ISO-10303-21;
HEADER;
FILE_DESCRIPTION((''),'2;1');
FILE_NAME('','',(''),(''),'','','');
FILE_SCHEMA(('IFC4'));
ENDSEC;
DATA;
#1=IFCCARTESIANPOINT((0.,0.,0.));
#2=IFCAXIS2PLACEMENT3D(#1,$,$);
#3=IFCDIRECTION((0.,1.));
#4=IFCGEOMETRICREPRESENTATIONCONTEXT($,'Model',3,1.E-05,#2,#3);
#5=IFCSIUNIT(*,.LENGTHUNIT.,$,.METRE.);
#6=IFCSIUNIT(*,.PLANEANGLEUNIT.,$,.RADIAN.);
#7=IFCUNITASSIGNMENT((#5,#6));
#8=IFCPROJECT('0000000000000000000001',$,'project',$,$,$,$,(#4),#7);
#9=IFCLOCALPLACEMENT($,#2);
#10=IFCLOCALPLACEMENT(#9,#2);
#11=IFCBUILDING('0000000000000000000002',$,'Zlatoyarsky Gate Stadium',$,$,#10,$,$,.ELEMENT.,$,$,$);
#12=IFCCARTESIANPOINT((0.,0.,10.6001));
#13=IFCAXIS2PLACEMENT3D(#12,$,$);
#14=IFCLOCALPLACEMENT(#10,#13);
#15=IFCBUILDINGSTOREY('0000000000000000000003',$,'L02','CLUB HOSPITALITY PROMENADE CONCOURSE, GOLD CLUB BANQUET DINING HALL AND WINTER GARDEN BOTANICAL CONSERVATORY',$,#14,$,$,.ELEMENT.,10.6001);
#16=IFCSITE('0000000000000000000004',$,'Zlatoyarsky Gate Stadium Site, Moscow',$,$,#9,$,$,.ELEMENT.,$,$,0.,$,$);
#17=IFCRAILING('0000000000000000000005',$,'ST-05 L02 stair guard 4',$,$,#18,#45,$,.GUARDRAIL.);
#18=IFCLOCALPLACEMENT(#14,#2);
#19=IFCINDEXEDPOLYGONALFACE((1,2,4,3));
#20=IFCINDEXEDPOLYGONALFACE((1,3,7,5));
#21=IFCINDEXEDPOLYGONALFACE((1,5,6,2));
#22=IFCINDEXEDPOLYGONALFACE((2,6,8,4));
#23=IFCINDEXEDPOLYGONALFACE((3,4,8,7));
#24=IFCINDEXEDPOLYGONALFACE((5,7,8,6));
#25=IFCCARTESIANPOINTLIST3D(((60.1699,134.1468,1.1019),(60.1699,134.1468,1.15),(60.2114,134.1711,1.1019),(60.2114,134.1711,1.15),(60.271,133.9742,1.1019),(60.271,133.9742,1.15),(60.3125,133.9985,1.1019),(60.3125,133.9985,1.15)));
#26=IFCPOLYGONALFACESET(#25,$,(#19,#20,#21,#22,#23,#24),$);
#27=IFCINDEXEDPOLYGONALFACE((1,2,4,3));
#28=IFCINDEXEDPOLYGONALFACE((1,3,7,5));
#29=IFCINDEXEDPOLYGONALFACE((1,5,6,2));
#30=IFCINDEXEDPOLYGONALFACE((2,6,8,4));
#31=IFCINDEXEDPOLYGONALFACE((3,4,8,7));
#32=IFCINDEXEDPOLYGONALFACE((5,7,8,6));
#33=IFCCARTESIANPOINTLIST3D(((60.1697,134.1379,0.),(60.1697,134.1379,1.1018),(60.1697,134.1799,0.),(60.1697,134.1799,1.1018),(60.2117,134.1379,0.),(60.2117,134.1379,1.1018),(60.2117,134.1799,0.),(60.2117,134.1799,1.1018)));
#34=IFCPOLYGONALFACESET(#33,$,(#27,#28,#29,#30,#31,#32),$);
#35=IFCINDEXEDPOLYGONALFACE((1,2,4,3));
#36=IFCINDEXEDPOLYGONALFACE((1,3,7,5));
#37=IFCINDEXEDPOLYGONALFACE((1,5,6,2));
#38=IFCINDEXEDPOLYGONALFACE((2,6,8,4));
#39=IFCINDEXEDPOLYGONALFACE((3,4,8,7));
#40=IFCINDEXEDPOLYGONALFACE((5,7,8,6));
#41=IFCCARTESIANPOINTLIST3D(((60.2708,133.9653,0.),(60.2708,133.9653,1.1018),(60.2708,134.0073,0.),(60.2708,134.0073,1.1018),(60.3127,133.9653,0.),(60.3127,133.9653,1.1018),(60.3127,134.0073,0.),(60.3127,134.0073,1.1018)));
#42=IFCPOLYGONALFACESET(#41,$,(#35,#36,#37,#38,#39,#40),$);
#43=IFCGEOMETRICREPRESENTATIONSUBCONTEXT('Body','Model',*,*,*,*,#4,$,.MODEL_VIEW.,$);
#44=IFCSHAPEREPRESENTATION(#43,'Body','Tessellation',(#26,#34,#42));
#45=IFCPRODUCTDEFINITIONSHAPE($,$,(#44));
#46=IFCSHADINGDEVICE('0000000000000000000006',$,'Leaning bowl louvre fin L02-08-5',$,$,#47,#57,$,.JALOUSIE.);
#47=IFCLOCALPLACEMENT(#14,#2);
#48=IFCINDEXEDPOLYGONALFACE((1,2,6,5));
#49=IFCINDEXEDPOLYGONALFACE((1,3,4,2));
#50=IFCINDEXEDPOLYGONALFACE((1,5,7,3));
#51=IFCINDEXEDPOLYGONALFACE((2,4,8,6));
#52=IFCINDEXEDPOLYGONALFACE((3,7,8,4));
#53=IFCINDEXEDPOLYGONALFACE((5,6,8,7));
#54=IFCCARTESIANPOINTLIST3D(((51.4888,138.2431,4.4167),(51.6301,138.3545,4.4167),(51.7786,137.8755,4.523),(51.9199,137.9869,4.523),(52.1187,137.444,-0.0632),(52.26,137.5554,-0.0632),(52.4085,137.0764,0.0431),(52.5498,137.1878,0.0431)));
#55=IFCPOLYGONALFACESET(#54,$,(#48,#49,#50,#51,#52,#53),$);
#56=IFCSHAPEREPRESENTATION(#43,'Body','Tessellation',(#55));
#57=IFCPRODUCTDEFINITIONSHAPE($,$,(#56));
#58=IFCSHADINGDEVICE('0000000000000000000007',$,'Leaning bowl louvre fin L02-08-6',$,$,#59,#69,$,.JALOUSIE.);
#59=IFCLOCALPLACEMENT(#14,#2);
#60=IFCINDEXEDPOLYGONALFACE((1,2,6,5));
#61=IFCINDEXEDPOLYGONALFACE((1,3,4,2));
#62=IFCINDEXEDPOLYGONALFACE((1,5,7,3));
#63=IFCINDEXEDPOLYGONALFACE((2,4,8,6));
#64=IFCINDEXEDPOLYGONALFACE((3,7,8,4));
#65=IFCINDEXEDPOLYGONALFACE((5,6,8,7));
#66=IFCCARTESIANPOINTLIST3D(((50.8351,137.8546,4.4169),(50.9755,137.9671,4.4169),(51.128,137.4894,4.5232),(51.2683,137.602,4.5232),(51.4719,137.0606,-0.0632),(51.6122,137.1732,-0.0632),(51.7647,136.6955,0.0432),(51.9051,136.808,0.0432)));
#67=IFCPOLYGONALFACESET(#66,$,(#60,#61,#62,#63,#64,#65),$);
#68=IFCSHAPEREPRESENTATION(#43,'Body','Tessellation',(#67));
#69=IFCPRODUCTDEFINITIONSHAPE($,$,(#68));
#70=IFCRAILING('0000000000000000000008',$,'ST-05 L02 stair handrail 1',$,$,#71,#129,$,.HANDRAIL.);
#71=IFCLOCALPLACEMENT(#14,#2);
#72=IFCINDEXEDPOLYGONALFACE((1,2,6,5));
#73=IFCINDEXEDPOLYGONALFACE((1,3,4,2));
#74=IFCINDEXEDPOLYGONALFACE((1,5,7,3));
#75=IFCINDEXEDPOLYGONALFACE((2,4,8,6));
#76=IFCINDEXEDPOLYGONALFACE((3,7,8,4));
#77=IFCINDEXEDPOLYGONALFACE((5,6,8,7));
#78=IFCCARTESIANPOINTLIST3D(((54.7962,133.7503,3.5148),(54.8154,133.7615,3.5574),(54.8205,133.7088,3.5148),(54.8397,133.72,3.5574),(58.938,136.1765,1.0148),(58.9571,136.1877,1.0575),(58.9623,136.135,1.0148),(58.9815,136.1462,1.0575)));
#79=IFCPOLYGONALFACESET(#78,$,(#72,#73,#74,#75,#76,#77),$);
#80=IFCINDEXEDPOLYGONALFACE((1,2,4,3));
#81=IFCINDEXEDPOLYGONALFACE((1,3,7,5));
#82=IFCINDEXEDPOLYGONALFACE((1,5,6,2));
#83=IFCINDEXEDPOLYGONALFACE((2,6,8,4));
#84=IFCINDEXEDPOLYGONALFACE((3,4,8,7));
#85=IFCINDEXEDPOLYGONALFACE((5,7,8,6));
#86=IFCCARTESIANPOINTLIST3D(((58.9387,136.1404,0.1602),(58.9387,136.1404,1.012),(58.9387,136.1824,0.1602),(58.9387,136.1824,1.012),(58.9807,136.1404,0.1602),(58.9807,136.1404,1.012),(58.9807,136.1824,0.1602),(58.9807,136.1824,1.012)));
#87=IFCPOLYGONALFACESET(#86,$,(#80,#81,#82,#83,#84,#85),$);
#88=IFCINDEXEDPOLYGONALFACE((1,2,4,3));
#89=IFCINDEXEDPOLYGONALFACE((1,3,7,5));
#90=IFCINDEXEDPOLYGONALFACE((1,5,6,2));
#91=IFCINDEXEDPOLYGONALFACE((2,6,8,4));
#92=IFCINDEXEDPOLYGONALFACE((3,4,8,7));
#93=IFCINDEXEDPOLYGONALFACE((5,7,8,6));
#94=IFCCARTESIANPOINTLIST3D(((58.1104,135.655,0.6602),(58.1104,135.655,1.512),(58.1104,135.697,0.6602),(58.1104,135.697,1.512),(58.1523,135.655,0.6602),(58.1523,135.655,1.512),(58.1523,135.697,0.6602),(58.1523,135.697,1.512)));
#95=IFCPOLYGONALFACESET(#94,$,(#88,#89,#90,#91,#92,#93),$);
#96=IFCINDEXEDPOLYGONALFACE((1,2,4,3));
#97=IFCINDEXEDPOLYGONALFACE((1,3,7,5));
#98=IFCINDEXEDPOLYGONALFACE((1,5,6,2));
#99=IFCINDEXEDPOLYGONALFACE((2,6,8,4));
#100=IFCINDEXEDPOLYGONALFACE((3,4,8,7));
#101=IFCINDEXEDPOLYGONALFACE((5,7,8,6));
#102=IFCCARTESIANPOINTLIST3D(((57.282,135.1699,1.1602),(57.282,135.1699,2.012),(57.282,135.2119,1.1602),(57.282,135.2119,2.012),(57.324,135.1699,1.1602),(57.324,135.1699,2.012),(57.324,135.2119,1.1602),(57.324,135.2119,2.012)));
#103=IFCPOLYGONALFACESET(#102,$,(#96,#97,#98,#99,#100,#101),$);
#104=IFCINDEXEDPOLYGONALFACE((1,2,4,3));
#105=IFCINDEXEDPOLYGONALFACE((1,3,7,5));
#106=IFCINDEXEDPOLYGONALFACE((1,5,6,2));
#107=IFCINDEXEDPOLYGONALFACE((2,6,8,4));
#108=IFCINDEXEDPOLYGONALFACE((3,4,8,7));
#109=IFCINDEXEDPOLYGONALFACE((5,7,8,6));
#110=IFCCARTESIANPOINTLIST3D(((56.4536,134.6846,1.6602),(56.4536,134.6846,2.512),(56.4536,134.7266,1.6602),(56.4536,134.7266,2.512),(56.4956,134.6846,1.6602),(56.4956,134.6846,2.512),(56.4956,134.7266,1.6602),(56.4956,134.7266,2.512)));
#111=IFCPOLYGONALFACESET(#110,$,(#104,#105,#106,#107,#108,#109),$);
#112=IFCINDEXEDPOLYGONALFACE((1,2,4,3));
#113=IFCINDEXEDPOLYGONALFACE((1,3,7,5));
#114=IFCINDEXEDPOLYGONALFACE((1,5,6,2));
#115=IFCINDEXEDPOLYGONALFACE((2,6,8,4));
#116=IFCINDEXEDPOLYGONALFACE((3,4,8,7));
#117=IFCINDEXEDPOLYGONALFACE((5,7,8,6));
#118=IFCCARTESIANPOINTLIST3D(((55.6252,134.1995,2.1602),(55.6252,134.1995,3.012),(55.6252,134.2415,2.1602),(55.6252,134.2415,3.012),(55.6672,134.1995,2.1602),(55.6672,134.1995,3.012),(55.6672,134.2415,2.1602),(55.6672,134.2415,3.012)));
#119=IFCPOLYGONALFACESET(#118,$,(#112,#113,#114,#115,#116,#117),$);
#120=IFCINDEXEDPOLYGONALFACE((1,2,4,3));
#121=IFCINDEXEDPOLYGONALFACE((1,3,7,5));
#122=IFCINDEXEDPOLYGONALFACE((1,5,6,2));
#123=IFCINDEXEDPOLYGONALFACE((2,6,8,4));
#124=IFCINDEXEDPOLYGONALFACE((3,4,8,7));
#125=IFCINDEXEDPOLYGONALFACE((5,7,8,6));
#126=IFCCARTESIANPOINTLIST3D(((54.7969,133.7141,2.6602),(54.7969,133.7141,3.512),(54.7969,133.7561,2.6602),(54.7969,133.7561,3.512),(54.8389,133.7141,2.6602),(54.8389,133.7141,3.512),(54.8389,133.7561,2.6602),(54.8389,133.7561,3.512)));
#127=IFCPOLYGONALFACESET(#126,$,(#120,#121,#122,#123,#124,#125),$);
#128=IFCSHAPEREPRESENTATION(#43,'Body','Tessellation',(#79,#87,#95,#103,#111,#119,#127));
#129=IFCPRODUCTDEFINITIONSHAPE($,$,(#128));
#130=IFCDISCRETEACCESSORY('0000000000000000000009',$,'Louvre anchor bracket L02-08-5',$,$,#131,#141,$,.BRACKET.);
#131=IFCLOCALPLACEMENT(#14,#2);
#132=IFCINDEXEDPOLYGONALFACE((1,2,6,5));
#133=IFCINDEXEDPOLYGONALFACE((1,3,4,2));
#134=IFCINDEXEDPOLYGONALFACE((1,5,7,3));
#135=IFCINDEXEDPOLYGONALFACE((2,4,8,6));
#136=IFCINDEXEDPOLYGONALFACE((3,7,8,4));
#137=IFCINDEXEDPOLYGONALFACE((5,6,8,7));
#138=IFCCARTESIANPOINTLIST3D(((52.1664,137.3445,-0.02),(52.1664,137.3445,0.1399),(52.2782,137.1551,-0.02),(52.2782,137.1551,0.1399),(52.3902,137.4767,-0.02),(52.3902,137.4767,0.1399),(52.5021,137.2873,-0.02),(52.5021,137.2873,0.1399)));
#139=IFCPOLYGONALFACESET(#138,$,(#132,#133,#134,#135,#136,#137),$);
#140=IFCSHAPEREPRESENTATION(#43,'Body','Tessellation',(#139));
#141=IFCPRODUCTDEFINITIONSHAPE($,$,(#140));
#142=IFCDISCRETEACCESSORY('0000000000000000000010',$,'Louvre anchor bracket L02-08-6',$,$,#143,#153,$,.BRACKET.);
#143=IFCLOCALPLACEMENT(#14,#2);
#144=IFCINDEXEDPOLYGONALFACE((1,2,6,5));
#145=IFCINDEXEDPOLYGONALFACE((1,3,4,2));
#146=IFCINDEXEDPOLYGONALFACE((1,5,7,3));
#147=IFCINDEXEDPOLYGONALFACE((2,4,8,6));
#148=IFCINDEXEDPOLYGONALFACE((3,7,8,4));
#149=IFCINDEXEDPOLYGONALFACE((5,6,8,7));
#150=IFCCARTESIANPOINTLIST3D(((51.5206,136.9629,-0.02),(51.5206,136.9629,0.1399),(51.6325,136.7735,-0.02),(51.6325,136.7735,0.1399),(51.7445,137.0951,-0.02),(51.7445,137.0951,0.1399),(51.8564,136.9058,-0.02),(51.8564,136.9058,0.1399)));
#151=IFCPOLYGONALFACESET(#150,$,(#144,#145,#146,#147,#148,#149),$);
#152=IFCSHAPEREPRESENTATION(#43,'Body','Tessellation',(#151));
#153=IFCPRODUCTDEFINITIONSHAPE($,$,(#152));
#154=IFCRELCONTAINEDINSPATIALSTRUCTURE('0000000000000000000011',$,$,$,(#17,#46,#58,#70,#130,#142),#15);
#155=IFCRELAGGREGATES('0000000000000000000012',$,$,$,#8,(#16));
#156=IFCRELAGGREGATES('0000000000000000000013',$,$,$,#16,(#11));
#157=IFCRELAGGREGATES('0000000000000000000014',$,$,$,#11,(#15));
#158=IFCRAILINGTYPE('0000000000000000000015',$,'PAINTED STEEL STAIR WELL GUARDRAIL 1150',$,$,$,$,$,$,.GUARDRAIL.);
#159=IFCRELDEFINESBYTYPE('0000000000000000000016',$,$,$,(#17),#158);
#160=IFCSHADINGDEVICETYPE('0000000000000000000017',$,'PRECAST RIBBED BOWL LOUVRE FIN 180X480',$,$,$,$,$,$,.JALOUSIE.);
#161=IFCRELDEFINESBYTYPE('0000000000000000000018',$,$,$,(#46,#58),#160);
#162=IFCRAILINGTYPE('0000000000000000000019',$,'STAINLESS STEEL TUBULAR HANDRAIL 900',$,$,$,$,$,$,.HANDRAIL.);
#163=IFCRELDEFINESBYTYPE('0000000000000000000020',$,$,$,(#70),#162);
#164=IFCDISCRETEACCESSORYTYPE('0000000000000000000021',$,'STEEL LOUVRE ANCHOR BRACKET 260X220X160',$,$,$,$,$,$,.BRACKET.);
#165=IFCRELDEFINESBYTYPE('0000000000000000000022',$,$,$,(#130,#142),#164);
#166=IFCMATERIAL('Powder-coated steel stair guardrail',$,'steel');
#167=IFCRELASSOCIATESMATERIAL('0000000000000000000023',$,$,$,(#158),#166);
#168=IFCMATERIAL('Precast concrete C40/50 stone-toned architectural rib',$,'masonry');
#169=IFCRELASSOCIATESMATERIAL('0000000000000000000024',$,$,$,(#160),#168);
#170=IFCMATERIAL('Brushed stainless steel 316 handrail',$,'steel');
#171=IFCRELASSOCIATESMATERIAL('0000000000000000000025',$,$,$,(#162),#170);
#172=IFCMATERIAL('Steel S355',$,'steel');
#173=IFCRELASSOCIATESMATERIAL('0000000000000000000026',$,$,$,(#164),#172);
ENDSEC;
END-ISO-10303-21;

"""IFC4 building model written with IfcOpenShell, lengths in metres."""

from ifc_helpers import new_model, si_unit, direction, frame, origin, origin_2d, place, context, subcontext, project, spatial, rectangle, extrude, material, material_profile, profile_set, type_object, element, save


model = new_model("IFC4")

# Units and contexts
model_context = context("Model", 3, precision=1e-05, world=origin(), true_north=direction((0.0, 1.0)))
body_context = subcontext(model_context, "Body", "Model", "MODEL_VIEW")
ifc_project = project(units=[si_unit("LENGTHUNIT", "METRE"), si_unit("PLANEANGLEUNIT", "RADIAN")], contexts=[model_context])

# Site, building, storey
site_placement = place(None, origin())
site = spatial("IfcSite", under=ifc_project, at=site_placement, Name="Zlatoyarsky Gate Stadium Site, Moscow", CompositionType="ELEMENT", RefElevation=0.0)
building_placement = place(site_placement, origin())
building = spatial("IfcBuilding", under=site, at=building_placement, Name="Zlatoyarsky Gate Stadium", CompositionType="ELEMENT")
storey_placement = place(building_placement, frame((0.0, 0.0, 10.6001)))
storey = spatial("IfcBuildingStorey", under=building, at=storey_placement, Name="L02", Description="CLUB HOSPITALITY PROMENADE CONCOURSE, GOLD CLUB BANQUET DINING HALL AND WINTER GARDEN BOTANICAL CONSERVATORY", CompositionType="ELEMENT", Elevation=10.6001)

# Shared definitions
ifc_material_1 = material(Name="Steel S355", Category="steel")

# Railing
ifc_material_2 = material(Name="Powder-coated steel stair guardrail", Category="steel")
railing_type_1 = type_object("IfcRailingType", Name="PAINTED STEEL STAIR WELL GUARDRAIL 1150", PredefinedType="GUARDRAIL", material=ifc_material_2)
railing_1_placement = place(storey_placement, frame((60.1907, 134.1589, 0.0)))
element("IfcRailing", 1, at=railing_1_placement, inside=storey, type_object=railing_type_1, Name="ST-05 L02 stair guard 4", PredefinedType="GUARDRAIL", context=body_context, shape_type="SweptSolid", body=[
    extrude(rectangle(XDim=0.0481, YDim=0.0481, at=origin_2d()), frame((0.0, 0.0, 1.126), z_axis=(0.505312, -0.862937, 0.0), x_axis=(0.862937, 0.505312, 0.0)), (0.0, 0.0, 1.0), 0.2),
    extrude(rectangle(XDim=0.042, YDim=0.042, at=origin_2d()), origin(), (0.0, 0.0, 1.0), 1.1018),
    extrude(rectangle(XDim=0.042, YDim=0.042, at=origin_2d()), frame((0.1011, -0.1726, 0.0)), (0.0, 0.0, 1.0), 1.1018),
])

# Shading devices
ifc_material_3 = material(Name="Precast concrete C40/50 stone-toned architectural rib", Category="masonry")
ifc_material_profile_1 = material_profile(ifc_material_3, rectangle(XDim=0.1799, YDim=0.48, at=origin_2d()), Name="RIB 180X480")
ifc_profile_set_1 = profile_set([ifc_material_profile_1], Name="Precast concrete C40/50 stone-toned architectural rib")
shading_device_type = type_object("IfcShadingDeviceType", Name="PRECAST RIBBED BOWL LOUVRE FIN 180X480", PredefinedType="JALOUSIE", material=ifc_profile_set_1)
shading_device_1_placement = place(storey_placement, frame((52.3342, 137.3159, -0.01), z_axis=(-0.137108, 0.173936, 0.975166), x_axis=(-0.785343, -0.619061, 0.0)))
element("IfcShadingDevice", 2, at=shading_device_1_placement, inside=storey, type_object=shading_device_type, Name="Leaning bowl louvre fin L02-08-5", PredefinedType="JALOUSIE", context=body_context, shape_type="SweptSolid", body=[
    extrude(rectangle(XDim=0.1799, YDim=0.48, at=origin_2d()), origin(), (0.0, 0.0, 1.0), 4.594),
])
shading_device_2_placement = place(storey_placement, frame((51.6885, 136.9343, -0.01), z_axis=(-0.138594, 0.172818, 0.975154), x_axis=(-0.780119, -0.625631, 0.0)))
element("IfcShadingDevice", 3, at=shading_device_2_placement, inside=storey, type_object=shading_device_type, Name="Leaning bowl louvre fin L02-08-6", PredefinedType="JALOUSIE", context=body_context, shape_type="SweptSolid", body=[
    extrude(rectangle(XDim=0.1799, YDim=0.48, at=origin_2d()), origin(), (0.0, 0.0, 1.0), 4.5942),
])

# Railing
ifc_material_4 = material(Name="Brushed stainless steel 316 handrail", Category="steel")
railing_type_2 = type_object("IfcRailingType", Name="STAINLESS STEEL TUBULAR HANDRAIL 900", PredefinedType="HANDRAIL", material=ifc_material_4)
railing_2_placement = place(storey_placement, frame((58.9597, 136.1614, 0.1602)))
element("IfcRailing", 4, at=railing_2_placement, inside=storey, type_object=railing_type_2, Name="ST-05 L02 stair handrail 1", PredefinedType="HANDRAIL", context=body_context, shape_type="SweptSolid", body=[
    extrude(rectangle(XDim=0.0481, YDim=0.0481, at=origin_2d()), frame((0.0, 0.0, 0.876), z_axis=(-0.765283, -0.448298, 0.461921), x_axis=(0.505455, -0.862853, 0.0)), (0.0, 0.0, 1.0), 5.4121),
    extrude(rectangle(XDim=0.042, YDim=0.042, at=origin_2d()), origin(), (0.0, 0.0, 1.0), 0.8518),
    extrude(rectangle(XDim=0.042, YDim=0.042, at=origin_2d()), frame((-0.8284, -0.4854, 0.5)), (0.0, 0.0, 1.0), 0.8518),
    extrude(rectangle(XDim=0.042, YDim=0.042, at=origin_2d()), frame((-1.6567, -0.9705, 1.0)), (0.0, 0.0, 1.0), 0.8518),
    extrude(rectangle(XDim=0.042, YDim=0.042, at=origin_2d()), frame((-2.4851, -1.4558, 1.5)), (0.0, 0.0, 1.0), 0.8518),
    extrude(rectangle(XDim=0.042, YDim=0.042, at=origin_2d()), frame((-3.3135, -1.9409, 2.0)), (0.0, 0.0, 1.0), 0.8518),
    extrude(rectangle(XDim=0.042, YDim=0.042, at=origin_2d()), frame((-4.1418, -2.4263, 2.5)), (0.0, 0.0, 1.0), 0.8518),
])

# Discrete accessories
discrete_accessory_type = type_object("IfcDiscreteAccessoryType", Name="STEEL LOUVRE ANCHOR BRACKET 260X220X160", PredefinedType="BRACKET", material=ifc_material_1)
for number, where, z_axis, x_axis, name in (
    (5, (52.3342, 137.3159, -0.02), (0.0, 0.0, 1.0), (-0.860993, -0.508617, 0.0), "Louvre anchor bracket L02-08-5"),
    (6, (51.6885, 136.9343, -0.02), (0.0, 0.0, 1.0), (-0.860993, -0.508617, 0.0), "Louvre anchor bracket L02-08-6"),
):
    element("IfcDiscreteAccessory", number, at=place(storey_placement, frame(where, z_axis=z_axis, x_axis=x_axis)), inside=storey, type_object=discrete_accessory_type, Name=name, PredefinedType="BRACKET", context=body_context, shape_type="SweptSolid", body=[
        extrude(rectangle(XDim=0.26, YDim=0.22, at=origin_2d()), origin(), (0.0, 0.0, 1.0), 0.1599),
    ])

save(model, "model.ifc")
